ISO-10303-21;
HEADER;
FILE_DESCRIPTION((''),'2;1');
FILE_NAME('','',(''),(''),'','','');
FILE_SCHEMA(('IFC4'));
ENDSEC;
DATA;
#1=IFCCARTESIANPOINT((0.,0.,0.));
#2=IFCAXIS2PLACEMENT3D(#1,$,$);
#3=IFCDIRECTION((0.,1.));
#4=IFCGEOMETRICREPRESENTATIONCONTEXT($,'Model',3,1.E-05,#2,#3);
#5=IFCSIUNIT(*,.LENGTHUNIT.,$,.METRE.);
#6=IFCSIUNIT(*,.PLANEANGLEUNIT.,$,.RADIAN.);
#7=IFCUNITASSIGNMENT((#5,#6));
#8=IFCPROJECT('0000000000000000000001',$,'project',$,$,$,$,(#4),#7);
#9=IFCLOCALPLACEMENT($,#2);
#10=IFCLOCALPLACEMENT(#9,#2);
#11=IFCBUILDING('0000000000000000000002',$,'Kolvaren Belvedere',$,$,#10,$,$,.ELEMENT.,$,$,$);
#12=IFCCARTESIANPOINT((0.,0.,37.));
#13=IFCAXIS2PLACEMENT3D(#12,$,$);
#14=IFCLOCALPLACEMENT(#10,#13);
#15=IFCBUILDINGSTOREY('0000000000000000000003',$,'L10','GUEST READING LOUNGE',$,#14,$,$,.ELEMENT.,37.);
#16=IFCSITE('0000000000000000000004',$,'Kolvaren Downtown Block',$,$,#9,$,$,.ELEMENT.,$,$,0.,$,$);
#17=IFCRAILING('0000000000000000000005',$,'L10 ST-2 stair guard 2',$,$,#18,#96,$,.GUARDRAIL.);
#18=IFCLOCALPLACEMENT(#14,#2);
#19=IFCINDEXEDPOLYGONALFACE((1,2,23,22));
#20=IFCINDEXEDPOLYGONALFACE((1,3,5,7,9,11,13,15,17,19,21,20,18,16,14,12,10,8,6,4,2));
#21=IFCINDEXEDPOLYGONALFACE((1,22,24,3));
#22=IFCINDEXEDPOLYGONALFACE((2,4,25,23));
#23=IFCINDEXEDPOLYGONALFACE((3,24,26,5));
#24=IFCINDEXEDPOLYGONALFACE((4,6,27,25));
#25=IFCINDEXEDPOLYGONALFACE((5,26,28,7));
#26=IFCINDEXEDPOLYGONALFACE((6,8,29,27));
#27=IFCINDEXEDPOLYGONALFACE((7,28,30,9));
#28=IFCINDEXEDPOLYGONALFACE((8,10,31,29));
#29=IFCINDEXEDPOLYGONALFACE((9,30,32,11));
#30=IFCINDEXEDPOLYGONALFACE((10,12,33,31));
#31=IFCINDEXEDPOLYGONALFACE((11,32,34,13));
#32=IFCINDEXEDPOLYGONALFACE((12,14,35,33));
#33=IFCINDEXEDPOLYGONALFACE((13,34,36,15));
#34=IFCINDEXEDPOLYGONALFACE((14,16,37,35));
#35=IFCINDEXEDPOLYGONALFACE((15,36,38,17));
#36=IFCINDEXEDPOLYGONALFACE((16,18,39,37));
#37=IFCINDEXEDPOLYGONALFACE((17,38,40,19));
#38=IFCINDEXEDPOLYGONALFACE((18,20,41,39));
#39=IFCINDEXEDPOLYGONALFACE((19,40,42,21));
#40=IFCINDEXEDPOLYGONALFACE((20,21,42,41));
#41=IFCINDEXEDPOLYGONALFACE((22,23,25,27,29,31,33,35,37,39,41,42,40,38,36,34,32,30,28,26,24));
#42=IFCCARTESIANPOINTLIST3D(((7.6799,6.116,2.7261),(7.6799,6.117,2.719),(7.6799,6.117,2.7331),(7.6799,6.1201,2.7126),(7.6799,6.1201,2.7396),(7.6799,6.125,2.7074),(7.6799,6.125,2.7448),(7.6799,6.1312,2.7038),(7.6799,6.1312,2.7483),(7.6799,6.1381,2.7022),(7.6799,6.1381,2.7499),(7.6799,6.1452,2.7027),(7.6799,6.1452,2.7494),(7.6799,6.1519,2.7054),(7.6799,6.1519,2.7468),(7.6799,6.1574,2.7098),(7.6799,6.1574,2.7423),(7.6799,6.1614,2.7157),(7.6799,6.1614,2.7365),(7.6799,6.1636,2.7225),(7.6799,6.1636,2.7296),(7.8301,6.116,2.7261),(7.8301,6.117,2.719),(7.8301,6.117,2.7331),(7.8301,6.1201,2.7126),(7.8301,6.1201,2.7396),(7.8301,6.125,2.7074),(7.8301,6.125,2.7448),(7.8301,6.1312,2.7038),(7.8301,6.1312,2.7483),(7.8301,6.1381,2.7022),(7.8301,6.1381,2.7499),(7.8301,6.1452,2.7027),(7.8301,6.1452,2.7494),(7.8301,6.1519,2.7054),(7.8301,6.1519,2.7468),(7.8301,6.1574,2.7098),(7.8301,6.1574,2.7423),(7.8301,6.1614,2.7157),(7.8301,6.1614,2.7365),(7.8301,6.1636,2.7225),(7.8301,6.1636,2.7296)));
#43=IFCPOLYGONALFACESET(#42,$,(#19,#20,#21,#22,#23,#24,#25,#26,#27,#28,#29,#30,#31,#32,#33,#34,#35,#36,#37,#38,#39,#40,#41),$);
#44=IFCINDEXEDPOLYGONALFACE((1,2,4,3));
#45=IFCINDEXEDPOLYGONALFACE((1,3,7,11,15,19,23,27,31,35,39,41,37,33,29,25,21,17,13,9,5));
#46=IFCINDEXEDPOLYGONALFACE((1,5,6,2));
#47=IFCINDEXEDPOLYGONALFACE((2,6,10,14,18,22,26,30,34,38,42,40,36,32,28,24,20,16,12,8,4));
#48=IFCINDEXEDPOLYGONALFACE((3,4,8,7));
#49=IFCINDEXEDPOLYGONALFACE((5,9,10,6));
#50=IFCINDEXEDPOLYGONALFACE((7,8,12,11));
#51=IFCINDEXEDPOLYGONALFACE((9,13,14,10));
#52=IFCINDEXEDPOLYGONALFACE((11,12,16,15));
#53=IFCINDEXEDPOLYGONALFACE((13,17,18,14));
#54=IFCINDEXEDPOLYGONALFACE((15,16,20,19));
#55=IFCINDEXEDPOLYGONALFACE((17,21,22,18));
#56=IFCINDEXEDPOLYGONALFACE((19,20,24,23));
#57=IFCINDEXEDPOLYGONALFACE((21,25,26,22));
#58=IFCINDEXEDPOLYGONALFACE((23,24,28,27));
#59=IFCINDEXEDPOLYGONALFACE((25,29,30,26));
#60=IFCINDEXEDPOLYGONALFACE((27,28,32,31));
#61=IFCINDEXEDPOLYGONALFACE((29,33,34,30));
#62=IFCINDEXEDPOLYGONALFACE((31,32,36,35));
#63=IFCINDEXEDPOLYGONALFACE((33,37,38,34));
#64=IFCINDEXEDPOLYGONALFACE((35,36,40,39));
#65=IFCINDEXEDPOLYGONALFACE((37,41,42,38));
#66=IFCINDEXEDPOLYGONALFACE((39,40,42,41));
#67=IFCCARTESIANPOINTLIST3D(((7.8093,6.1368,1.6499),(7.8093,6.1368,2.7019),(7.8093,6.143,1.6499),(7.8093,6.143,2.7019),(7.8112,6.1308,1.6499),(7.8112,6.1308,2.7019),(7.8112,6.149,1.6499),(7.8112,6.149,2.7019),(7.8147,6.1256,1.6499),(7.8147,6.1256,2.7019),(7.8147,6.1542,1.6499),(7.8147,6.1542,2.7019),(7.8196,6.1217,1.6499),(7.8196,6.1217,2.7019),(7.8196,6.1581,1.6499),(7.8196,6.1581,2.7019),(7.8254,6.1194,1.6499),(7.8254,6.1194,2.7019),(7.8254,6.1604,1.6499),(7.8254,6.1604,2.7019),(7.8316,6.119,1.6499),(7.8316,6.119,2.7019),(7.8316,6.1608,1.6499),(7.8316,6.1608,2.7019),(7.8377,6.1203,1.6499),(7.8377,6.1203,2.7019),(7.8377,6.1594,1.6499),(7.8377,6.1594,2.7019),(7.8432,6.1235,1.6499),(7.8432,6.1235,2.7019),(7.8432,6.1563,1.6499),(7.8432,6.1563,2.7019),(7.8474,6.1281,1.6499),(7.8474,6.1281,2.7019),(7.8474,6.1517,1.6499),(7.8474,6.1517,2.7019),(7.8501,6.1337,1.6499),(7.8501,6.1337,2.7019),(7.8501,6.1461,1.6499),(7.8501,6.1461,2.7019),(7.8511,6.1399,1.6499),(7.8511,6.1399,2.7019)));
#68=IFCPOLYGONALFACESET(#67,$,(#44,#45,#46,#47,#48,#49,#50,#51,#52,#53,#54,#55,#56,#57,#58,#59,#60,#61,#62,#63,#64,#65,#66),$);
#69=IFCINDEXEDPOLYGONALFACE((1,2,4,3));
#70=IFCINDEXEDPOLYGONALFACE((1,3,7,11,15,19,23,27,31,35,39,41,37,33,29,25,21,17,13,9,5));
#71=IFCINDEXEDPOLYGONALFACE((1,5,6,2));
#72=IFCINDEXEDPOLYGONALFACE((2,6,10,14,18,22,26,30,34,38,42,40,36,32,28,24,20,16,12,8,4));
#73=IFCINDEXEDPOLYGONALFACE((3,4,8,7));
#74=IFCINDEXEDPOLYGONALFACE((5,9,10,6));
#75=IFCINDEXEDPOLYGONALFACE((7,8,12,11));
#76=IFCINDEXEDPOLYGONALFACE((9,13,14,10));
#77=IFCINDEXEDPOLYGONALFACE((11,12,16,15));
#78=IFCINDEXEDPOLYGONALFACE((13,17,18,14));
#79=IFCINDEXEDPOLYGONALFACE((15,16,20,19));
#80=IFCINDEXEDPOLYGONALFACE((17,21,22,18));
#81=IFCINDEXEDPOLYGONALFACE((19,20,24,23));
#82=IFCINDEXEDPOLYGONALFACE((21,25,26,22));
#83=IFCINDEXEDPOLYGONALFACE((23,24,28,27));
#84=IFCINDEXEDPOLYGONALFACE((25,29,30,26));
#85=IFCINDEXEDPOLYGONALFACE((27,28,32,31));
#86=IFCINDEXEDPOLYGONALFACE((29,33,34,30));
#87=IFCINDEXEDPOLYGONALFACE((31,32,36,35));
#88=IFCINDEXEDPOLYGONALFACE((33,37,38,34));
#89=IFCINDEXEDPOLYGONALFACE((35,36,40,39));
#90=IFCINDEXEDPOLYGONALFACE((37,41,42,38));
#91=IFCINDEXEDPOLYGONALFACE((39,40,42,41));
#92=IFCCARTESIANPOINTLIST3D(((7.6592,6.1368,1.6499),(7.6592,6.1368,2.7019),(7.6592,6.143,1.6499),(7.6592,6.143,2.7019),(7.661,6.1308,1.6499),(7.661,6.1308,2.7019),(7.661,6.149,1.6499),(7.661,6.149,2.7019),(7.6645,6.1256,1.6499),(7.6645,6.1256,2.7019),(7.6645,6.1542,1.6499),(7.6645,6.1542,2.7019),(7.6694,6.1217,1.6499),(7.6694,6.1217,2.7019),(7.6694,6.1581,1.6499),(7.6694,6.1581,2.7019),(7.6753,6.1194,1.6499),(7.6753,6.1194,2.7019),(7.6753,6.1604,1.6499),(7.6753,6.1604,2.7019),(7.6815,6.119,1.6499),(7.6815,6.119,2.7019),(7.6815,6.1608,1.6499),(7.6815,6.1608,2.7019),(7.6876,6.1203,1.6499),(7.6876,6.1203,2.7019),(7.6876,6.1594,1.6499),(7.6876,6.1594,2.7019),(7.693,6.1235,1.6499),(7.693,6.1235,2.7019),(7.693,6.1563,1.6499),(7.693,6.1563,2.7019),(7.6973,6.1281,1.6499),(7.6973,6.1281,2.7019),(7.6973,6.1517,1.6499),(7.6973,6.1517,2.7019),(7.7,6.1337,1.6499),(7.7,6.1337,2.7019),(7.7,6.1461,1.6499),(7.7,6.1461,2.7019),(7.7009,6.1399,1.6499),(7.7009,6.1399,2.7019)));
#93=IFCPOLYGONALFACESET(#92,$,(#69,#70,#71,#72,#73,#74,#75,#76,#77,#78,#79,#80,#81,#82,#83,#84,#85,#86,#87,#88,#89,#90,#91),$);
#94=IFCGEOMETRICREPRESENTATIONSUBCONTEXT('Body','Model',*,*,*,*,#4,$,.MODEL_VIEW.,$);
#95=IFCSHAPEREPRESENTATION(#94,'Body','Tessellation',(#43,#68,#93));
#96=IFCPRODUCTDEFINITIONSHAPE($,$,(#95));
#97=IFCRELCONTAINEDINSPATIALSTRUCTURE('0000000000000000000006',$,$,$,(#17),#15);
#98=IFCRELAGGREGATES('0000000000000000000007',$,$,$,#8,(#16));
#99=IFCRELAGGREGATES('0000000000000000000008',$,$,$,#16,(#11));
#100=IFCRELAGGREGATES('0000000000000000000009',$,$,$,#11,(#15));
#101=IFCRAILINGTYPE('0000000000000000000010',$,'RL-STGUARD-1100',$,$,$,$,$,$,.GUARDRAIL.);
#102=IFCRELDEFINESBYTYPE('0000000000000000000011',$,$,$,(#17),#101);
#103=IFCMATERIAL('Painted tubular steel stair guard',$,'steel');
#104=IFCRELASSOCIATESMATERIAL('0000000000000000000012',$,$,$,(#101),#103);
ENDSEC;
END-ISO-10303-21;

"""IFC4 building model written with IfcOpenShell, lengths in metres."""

from ifc_helpers import new_model, si_unit, direction, frame, origin, origin_2d, place, context, subcontext, project, spatial, circle, extrude, material, type_object, element, save


model = new_model("IFC4")

# Units and contexts
model_context = context("Model", 3, precision=1e-05, world=origin(), true_north=direction((0.0, 1.0)))
body_context = subcontext(model_context, "Body", "Model", "MODEL_VIEW")
ifc_project = project(units=[si_unit("LENGTHUNIT", "METRE"), si_unit("PLANEANGLEUNIT", "RADIAN")], contexts=[model_context])

# Site, building, storey
site_placement = place(None, origin())
site = spatial("IfcSite", under=ifc_project, at=site_placement, Name="Kolvaren Downtown Block", CompositionType="ELEMENT", RefElevation=0.0)
building_placement = place(site_placement, origin())
building = spatial("IfcBuilding", under=site, at=building_placement, Name="Kolvaren Belvedere", CompositionType="ELEMENT")
storey_placement = place(building_placement, frame((0.0, 0.0, 37.0)))
storey = spatial("IfcBuildingStorey", under=building, at=storey_placement, Name="L10", Description="GUEST READING LOUNGE", CompositionType="ELEMENT", Elevation=37.0)

# Railing
ifc_material_1 = material(Name="Painted tubular steel stair guard", Category="steel")
railing_type_1 = type_object("IfcRailingType", Name="RL-STGUARD-1100", PredefinedType="GUARDRAIL", material=ifc_material_1)
railing_1_placement = place(storey_placement, frame((7.8301, 6.1399, 1.6499)))
element("IfcRailing", 1, at=railing_1_placement, inside=storey, type_object=railing_type_1, Name="L10 ST-2 stair guard 2", PredefinedType="GUARDRAIL", context=body_context, shape_type="SweptSolid", body=[
    extrude(circle(Radius=0.0239, at=origin_2d()), frame((0.0, 0.0, 1.0762), z_axis=(-1.0, 0.0, 0.0), x_axis=(0.0, -1.0, 0.0)), (0.0, 0.0, 1.0), 0.1501),
    extrude(circle(Radius=0.021, at=origin_2d()), origin(), (0.0, 0.0, 1.0), 1.052),
    extrude(circle(Radius=0.021, at=origin_2d()), frame((-0.1501, 0.0, 0.0)), (0.0, 0.0, 1.0), 1.052),
])

save(model, "model.ifc")
